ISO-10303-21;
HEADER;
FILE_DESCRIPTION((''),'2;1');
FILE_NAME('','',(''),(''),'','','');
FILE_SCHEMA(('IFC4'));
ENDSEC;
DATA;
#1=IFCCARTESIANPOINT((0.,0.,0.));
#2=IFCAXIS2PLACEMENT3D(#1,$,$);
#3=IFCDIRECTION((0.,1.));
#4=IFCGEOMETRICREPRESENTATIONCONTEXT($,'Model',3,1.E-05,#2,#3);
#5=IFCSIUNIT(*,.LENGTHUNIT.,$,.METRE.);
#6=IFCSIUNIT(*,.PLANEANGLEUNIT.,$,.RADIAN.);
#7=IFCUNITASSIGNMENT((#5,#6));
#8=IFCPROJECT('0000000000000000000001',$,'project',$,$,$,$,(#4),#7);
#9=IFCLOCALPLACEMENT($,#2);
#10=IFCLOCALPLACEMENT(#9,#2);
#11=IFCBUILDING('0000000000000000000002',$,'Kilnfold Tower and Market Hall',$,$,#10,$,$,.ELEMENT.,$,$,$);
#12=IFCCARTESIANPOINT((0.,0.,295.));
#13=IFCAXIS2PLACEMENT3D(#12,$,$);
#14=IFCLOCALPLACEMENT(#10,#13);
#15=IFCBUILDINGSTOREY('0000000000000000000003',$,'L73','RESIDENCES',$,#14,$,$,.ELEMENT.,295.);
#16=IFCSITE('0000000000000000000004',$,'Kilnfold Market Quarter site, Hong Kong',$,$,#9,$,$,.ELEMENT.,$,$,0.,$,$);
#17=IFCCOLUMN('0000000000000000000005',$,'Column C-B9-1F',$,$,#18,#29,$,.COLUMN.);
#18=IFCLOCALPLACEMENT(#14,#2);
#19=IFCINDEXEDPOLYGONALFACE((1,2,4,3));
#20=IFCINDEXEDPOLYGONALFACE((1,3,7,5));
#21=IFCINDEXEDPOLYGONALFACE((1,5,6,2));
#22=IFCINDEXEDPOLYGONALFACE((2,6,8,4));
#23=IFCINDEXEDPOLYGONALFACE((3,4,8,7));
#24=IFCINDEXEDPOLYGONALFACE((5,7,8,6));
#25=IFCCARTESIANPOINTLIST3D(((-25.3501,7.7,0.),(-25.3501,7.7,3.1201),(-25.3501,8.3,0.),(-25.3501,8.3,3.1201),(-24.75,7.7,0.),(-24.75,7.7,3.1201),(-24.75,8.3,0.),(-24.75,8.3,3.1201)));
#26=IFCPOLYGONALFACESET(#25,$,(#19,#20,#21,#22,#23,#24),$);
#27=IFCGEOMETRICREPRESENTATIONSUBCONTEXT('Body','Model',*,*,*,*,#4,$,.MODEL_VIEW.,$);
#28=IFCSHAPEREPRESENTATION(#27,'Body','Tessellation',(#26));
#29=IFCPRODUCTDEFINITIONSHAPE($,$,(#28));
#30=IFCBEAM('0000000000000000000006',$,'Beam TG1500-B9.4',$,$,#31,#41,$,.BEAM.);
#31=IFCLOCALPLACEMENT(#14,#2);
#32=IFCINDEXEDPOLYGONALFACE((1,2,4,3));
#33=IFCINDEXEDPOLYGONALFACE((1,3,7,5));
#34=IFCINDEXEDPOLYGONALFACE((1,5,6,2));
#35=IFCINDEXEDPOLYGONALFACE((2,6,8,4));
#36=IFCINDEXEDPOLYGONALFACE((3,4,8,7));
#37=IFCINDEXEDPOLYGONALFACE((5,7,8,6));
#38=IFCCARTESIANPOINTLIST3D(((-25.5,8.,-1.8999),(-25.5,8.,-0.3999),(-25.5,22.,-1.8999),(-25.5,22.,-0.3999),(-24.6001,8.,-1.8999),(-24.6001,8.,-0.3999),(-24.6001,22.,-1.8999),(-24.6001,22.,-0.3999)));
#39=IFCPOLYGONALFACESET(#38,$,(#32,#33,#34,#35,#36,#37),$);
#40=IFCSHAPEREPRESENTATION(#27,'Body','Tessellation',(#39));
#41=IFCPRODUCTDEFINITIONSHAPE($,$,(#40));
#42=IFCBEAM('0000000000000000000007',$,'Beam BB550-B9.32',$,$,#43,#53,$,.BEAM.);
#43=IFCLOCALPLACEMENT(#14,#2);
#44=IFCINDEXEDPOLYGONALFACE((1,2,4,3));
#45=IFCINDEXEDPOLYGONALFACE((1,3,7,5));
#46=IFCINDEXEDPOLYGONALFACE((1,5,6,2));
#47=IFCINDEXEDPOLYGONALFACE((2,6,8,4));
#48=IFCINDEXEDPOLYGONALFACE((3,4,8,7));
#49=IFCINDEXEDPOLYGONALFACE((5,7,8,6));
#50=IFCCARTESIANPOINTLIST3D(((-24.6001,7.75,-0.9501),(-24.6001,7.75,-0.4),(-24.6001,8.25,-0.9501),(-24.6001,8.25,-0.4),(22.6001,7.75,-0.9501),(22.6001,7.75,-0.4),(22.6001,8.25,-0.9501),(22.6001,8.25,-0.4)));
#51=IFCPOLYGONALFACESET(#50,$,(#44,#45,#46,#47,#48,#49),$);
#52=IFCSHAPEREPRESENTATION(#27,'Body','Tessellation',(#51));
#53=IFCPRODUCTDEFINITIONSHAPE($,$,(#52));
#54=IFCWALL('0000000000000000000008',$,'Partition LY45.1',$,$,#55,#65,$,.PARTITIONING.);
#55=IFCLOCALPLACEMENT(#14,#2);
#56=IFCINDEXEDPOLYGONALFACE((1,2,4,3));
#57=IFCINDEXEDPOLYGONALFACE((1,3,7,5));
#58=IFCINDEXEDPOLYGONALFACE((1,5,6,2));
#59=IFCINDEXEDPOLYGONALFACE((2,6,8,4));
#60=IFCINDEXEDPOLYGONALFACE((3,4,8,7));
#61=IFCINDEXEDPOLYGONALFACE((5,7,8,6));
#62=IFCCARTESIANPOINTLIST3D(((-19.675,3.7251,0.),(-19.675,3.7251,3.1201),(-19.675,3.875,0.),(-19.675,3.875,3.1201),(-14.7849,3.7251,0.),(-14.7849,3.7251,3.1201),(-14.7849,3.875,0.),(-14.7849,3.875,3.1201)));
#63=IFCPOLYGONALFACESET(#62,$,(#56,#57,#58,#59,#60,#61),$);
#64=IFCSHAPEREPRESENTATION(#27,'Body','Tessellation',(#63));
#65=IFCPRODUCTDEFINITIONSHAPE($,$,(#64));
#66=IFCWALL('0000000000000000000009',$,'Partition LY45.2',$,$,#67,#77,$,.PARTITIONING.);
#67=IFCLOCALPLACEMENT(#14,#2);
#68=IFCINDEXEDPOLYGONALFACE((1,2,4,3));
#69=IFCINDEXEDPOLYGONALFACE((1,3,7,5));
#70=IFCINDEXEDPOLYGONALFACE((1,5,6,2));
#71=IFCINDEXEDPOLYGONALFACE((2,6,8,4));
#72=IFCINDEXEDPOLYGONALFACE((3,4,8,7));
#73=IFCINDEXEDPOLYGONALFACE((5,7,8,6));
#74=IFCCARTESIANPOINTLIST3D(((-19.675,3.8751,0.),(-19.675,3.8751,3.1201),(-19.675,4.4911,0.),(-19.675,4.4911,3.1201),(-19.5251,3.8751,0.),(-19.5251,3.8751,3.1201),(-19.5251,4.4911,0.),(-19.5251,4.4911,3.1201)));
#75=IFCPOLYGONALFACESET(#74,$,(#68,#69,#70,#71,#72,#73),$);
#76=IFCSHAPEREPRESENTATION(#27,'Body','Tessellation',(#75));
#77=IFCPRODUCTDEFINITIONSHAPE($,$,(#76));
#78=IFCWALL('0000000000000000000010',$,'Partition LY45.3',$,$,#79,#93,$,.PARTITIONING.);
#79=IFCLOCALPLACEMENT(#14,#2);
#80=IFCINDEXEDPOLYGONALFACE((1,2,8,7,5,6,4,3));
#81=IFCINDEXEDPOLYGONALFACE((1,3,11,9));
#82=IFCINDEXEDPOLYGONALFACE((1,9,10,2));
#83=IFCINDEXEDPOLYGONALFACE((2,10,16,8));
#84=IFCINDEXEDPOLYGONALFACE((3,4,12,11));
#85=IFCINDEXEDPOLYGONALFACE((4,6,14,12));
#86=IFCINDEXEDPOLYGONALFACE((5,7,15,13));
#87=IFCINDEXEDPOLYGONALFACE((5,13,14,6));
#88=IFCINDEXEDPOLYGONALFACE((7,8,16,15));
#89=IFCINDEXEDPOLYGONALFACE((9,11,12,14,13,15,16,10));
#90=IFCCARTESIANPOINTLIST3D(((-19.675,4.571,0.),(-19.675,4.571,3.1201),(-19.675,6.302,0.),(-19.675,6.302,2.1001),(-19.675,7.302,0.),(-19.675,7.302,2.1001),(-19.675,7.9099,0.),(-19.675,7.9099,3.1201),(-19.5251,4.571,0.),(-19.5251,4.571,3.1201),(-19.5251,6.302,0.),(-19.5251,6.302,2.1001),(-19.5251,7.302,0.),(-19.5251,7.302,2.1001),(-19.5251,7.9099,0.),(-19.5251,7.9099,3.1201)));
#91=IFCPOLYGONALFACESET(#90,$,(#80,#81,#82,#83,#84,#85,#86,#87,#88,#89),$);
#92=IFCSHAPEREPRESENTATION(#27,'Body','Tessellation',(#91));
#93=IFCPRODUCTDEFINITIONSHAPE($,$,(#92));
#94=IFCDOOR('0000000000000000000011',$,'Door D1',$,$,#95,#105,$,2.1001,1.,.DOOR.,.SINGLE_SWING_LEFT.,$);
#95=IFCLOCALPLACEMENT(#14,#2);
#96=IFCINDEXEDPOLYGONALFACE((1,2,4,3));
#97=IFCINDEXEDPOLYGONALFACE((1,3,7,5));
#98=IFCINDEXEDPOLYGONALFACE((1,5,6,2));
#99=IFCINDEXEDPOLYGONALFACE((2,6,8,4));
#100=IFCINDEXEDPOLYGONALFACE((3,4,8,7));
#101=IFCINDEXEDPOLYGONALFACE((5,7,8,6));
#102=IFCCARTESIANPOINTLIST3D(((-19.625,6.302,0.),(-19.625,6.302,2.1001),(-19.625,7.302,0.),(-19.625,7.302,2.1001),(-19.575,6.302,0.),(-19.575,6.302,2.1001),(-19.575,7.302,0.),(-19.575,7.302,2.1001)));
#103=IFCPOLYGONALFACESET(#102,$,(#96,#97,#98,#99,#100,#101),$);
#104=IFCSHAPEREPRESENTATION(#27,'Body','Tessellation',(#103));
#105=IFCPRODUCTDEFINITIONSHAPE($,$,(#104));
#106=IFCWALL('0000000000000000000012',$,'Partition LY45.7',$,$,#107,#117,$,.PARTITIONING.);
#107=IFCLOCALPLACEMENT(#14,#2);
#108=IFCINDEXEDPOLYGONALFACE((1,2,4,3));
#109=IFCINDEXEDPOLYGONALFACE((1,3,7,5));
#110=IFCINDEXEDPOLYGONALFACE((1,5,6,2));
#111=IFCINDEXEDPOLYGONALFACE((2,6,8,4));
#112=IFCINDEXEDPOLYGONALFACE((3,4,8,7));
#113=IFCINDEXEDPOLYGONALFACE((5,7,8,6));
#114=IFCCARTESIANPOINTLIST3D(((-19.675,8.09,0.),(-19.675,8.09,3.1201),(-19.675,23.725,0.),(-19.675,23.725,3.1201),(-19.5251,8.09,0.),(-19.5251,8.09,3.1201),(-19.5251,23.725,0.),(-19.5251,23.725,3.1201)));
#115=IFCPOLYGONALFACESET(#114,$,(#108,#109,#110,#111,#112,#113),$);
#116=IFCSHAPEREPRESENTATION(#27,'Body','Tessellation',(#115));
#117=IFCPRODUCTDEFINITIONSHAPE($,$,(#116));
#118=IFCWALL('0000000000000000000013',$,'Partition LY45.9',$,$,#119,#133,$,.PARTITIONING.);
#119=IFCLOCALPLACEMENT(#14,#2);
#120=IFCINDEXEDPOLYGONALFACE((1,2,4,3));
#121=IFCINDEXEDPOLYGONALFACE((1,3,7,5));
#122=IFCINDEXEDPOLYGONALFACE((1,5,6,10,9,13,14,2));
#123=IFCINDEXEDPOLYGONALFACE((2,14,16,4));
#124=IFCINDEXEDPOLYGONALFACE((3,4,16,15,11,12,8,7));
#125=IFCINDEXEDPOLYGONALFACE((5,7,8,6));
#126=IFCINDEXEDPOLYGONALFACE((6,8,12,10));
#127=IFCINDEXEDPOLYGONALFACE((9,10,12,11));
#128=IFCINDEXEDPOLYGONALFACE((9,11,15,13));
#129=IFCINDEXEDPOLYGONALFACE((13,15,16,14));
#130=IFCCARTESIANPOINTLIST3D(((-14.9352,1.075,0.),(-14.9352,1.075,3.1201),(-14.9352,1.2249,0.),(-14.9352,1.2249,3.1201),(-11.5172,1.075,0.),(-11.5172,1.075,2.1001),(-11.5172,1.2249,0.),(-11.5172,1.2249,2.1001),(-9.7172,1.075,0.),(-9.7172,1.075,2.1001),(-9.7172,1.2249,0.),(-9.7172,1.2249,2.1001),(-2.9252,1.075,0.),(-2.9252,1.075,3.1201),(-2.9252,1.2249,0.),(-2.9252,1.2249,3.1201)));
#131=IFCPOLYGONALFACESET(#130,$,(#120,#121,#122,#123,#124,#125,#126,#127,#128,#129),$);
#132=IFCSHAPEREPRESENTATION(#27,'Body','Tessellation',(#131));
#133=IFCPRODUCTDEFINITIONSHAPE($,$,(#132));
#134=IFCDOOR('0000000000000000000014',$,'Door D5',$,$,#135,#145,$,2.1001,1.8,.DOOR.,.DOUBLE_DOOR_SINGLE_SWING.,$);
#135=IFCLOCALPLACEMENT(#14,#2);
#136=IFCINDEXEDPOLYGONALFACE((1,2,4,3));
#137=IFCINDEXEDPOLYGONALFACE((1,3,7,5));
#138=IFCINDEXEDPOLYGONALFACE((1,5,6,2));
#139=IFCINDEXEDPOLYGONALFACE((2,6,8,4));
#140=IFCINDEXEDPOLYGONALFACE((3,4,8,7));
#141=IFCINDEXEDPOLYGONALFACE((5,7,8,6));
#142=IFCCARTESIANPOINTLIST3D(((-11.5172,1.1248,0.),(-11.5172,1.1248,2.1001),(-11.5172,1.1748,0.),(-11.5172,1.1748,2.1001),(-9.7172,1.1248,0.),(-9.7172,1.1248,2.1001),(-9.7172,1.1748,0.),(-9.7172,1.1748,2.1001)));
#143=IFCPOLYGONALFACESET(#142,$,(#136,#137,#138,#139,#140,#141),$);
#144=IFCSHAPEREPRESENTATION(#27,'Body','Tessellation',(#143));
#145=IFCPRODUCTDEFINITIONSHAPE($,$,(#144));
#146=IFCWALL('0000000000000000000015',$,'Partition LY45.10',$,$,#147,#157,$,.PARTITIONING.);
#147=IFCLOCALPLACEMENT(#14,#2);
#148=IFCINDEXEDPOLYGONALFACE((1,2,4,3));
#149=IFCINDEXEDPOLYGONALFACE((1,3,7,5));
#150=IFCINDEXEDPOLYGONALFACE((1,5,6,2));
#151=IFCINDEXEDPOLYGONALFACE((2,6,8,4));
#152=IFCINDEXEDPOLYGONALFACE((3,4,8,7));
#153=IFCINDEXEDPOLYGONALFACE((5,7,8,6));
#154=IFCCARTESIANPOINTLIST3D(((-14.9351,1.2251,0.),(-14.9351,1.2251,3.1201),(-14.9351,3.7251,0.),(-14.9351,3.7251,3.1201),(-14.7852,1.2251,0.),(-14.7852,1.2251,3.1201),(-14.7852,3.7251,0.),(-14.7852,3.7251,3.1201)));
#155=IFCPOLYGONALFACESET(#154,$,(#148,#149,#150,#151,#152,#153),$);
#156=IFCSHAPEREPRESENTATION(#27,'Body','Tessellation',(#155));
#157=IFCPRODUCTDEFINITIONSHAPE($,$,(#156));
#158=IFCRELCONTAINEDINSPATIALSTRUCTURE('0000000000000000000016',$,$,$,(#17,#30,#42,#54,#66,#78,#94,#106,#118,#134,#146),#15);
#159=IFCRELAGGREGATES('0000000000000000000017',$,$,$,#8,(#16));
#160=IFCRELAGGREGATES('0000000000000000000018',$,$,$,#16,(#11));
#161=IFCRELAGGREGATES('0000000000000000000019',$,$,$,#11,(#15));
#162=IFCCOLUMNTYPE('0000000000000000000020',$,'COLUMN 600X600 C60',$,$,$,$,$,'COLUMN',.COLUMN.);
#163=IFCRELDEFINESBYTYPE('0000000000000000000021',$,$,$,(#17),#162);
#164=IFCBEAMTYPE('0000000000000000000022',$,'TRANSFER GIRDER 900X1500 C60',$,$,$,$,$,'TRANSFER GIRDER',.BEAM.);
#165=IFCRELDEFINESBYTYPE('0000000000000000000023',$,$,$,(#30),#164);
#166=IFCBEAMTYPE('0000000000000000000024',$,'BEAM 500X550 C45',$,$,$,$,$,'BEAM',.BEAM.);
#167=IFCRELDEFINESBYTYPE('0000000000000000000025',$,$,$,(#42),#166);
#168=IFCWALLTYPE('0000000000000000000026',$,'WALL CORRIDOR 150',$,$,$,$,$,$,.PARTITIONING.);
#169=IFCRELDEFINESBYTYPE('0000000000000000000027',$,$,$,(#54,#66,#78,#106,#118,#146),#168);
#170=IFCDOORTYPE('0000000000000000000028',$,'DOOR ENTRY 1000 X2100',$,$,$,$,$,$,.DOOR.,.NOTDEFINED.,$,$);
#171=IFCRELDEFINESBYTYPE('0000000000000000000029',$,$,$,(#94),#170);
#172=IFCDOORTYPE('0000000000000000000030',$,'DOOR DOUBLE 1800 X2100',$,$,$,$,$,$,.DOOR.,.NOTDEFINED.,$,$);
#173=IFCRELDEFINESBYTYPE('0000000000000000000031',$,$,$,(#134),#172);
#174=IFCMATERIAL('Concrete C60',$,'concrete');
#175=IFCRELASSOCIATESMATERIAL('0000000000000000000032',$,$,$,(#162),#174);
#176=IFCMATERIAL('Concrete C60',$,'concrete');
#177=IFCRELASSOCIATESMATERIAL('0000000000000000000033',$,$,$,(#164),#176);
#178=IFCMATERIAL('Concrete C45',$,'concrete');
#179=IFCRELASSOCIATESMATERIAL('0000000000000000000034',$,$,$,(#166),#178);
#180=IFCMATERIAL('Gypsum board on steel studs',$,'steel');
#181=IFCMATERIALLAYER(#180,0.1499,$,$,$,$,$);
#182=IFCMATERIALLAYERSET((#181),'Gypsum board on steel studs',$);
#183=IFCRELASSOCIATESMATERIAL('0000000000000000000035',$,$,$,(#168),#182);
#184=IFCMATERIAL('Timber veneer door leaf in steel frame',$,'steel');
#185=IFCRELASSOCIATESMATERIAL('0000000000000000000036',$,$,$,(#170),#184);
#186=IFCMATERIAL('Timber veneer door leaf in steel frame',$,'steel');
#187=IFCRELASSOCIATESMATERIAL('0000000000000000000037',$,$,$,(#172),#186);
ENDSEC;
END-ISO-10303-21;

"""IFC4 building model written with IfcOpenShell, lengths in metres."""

from ifc_helpers import new_model, si_unit, direction, frame, frame_2d, origin, origin_2d, place, context, subcontext, project, spatial, rectangle, extrude, source, transform, mapped, material, layer, layer_set, material_profile, profile_set, type_object, element, fill, save


model = new_model("IFC4")

# Units and contexts
model_context = context("Model", 3, precision=1e-05, world=origin(), true_north=direction((0.0, 1.0)))
body_context = subcontext(model_context, "Body", "Model", "MODEL_VIEW")
ifc_project = project(units=[si_unit("LENGTHUNIT", "METRE"), si_unit("PLANEANGLEUNIT", "RADIAN")], contexts=[model_context])

# Site, building, storey
site_placement = place(None, origin())
site = spatial("IfcSite", under=ifc_project, at=site_placement, Name="Kilnfold Market Quarter site, Hong Kong", CompositionType="ELEMENT", RefElevation=0.0)
building_placement = place(site_placement, origin())
building = spatial("IfcBuilding", under=site, at=building_placement, Name="Kilnfold Tower and Market Hall", CompositionType="ELEMENT")
storey_placement = place(building_placement, frame((0.0, 0.0, 295.0)))
storey = spatial("IfcBuildingStorey", under=building, at=storey_placement, Name="L73", Description="RESIDENCES", CompositionType="ELEMENT", Elevation=295.0)

# Column
ifc_material_1 = material(Name="Concrete C60", Category="concrete")
ifc_material_profile_1 = material_profile(ifc_material_1, rectangle(XDim=0.6001, YDim=0.6001, at=origin_2d()), Name="RC 600x600")
ifc_profile_set_1 = profile_set([ifc_material_profile_1], Name="Concrete C60")
column_type = type_object("IfcColumnType", Name="COLUMN 600X600 C60", ElementType="COLUMN", PredefinedType="COLUMN", material=ifc_profile_set_1)
shared_shape_1 = source(origin(), body_context, "Body", "SweptSolid", [
    extrude(rectangle(XDim=0.6001, YDim=0.6001, at=origin_2d()), origin(), (0.0, 0.0, 1.0), 3.1201),
])
column_placement = place(storey_placement, frame((-25.05, 8.0, 0.0), z_axis=(0.0, 0.0, 1.0), x_axis=(1.0, 0.0, 0.0)))
element("IfcColumn", 1, at=column_placement, inside=storey, type_object=column_type, Name="Column C-B9-1F", PredefinedType="COLUMN", context=body_context, shape_type="MappedRepresentation", body=[
    mapped(shared_shape_1, transform((0.0, 0.0, 0.0))),
])

# Beams
ifc_material_2 = material(Name="Concrete C60", Category="concrete")
ifc_material_profile_2 = material_profile(ifc_material_2, rectangle(XDim=0.8999, YDim=1.5, at=origin_2d()), Name="RC 900x1500")
ifc_profile_set_2 = profile_set([ifc_material_profile_2], Name="Concrete C60")
beam_type_1 = type_object("IfcBeamType", Name="TRANSFER GIRDER 900X1500 C60", ElementType="TRANSFER GIRDER", PredefinedType="BEAM", material=ifc_profile_set_2)
shared_shape_2 = source(origin(), body_context, "Body", "SweptSolid", [
    extrude(rectangle(XDim=0.8999, YDim=1.5, at=origin_2d()), origin(), (0.0, 0.0, 1.0), 14.0),
])
beam_1_placement = place(storey_placement, frame((-25.05, 8.0, -1.1499), z_axis=(0.0, 1.0, 0.0), x_axis=(-1.0, 0.0, 0.0)))
element("IfcBeam", 2, at=beam_1_placement, inside=storey, type_object=beam_type_1, Name="Beam TG1500-B9.4", PredefinedType="BEAM", context=body_context, shape_type="MappedRepresentation", body=[
    mapped(shared_shape_2, transform((0.0, 0.0, 0.0))),
])
ifc_material_3 = material(Name="Concrete C45", Category="concrete")
ifc_material_profile_3 = material_profile(ifc_material_3, rectangle(XDim=0.5, YDim=0.55, at=origin_2d()), Name="RC 500x550")
ifc_profile_set_3 = profile_set([ifc_material_profile_3], Name="Concrete C45")
beam_type_2 = type_object("IfcBeamType", Name="BEAM 500X550 C45", ElementType="BEAM", PredefinedType="BEAM", material=ifc_profile_set_3)
shared_shape_3 = source(origin(), body_context, "Body", "SweptSolid", [
    extrude(rectangle(XDim=0.5, YDim=0.55, at=origin_2d()), origin(), (0.0, 0.0, 1.0), 47.2002),
])
beam_2_placement = place(storey_placement, frame((-24.6001, 8.0, -0.675), z_axis=(1.0, 0.0, 0.0), x_axis=(0.0, 1.0, 0.0)))
element("IfcBeam", 3, at=beam_2_placement, inside=storey, type_object=beam_type_2, Name="Beam BB550-B9.32", PredefinedType="BEAM", context=body_context, shape_type="MappedRepresentation", body=[
    mapped(shared_shape_3, transform((0.0, 0.0, 0.0))),
])

# Walls
ifc_material_4 = material(Name="Gypsum board on steel studs", Category="steel")
ifc_layer_1 = layer(ifc_material_4, 0.1499)
ifc_layer_set_1 = layer_set([ifc_layer_1], Name="Gypsum board on steel studs")
wall_type_1 = type_object("IfcWallType", Name="WALL CORRIDOR 150", PredefinedType="PARTITIONING", material=ifc_layer_set_1)
wall_1_placement = place(storey_placement, frame((-19.675, 3.8, 0.0), z_axis=(0.0, 0.0, 1.0), x_axis=(1.0, 0.0, 0.0)))
element("IfcWall", 4, at=wall_1_placement, inside=storey, type_object=wall_type_1, Name="Partition LY45.1", PredefinedType="PARTITIONING", context=body_context, shape_type="SweptSolid", body=[
    extrude(rectangle(XDim=4.8901, YDim=0.1499, at=frame_2d((2.4451, 0.0))), origin(), (0.0, 0.0, 1.0), 3.1201),
])
wall_2_placement = place(storey_placement, frame((-19.6001, 3.875, 0.0), z_axis=(0.0, 0.0, 1.0), x_axis=(0.0, 1.0, 0.0)))
element("IfcWall", 5, at=wall_2_placement, inside=storey, type_object=wall_type_1, Name="Partition LY45.2", PredefinedType="PARTITIONING", context=body_context, shape_type="SweptSolid", body=[
    extrude(rectangle(XDim=0.616, YDim=0.1499, at=frame_2d((0.3081, 0.0))), origin(), (0.0, 0.0, 1.0), 3.1201),
])

# Wall, opening, door
wall_3_placement = place(storey_placement, frame((-19.6001, 4.571, 0.0), z_axis=(0.0, 0.0, 1.0), x_axis=(0.0, 1.0, 0.0)))
wall_3 = element("IfcWall", 6, at=wall_3_placement, inside=storey, type_object=wall_type_1, Name="Partition LY45.3", PredefinedType="PARTITIONING", context=body_context, shape_type="SweptSolid", body=[
    extrude(rectangle(XDim=3.3389, YDim=0.1499, at=frame_2d((1.6694, 0.0))), origin(), (0.0, 0.0, 1.0), 3.1201),
])
opening_1_placement = place(wall_3_placement, frame((1.731, 0.0, 0.0)))
opening_1 = element("IfcOpeningElement", 7, at=opening_1_placement, cuts=wall_3, PredefinedType="OPENING", context=body_context, shape_type="SweptSolid", body=[
    extrude(rectangle(XDim=1.0, YDim=2.1001, at=frame_2d((0.5, 1.05))), frame((0.0, 0.085, 0.0), z_axis=(0.0, -1.0, 0.0), x_axis=(1.0, 0.0, 0.0)), (0.0, 0.0, 1.0), 0.1699),
])
ifc_material_5 = material(Name="Timber veneer door leaf in steel frame", Category="steel")
door_type_1 = type_object("IfcDoorType", Name="DOOR ENTRY 1000 X2100", OperationType="NOTDEFINED", PredefinedType="DOOR", material=ifc_material_5)
door_1_placement = place(opening_1_placement, origin())
door_1 = element("IfcDoor", 8, at=door_1_placement, inside=storey, type_object=door_type_1, Name="Door D1", OperationType="SINGLE_SWING_LEFT", OverallHeight=2.1001, OverallWidth=1.0, PredefinedType="DOOR", context=body_context, shape_type="SweptSolid", body=[
    extrude(rectangle(XDim=1.0, YDim=2.1001, at=frame_2d((0.5, 1.05))), frame((0.0, 0.0249, 0.0), z_axis=(0.0, -1.0, 0.0), x_axis=(1.0, 0.0, 0.0)), (0.0, 0.0, 1.0), 0.05),
])
fill(opening_1, door_1)

# Wall
wall_4_placement = place(storey_placement, frame((-19.6001, 8.0901, 0.0), z_axis=(0.0, 0.0, 1.0), x_axis=(0.0, 1.0, 0.0)))
element("IfcWall", 9, at=wall_4_placement, inside=storey, type_object=wall_type_1, Name="Partition LY45.7", PredefinedType="PARTITIONING", context=body_context, shape_type="SweptSolid", body=[
    extrude(rectangle(XDim=15.635, YDim=0.1499, at=frame_2d((7.8174, 0.0))), origin(), (0.0, 0.0, 1.0), 3.1201),
])

# Wall, opening, door
wall_5_placement = place(storey_placement, frame((-14.9351, 1.1499, 0.0), z_axis=(0.0, 0.0, 1.0), x_axis=(1.0, 0.0, 0.0)))
wall_5 = element("IfcWall", 10, at=wall_5_placement, inside=storey, type_object=wall_type_1, Name="Partition LY45.9", PredefinedType="PARTITIONING", context=body_context, shape_type="SweptSolid", body=[
    extrude(rectangle(XDim=12.01, YDim=0.1499, at=frame_2d((6.0049, 0.0))), origin(), (0.0, 0.0, 1.0), 3.1201),
])
opening_2_placement = place(wall_5_placement, frame((3.418, 0.0, 0.0)))
opening_2 = element("IfcOpeningElement", 11, at=opening_2_placement, cuts=wall_5, PredefinedType="OPENING", context=body_context, shape_type="SweptSolid", body=[
    extrude(rectangle(XDim=1.8, YDim=2.1001, at=frame_2d((0.8999, 1.05))), frame((0.0, 0.085, 0.0), z_axis=(0.0, -1.0, 0.0), x_axis=(1.0, 0.0, 0.0)), (0.0, 0.0, 1.0), 0.1699),
])
ifc_material_6 = material(Name="Timber veneer door leaf in steel frame", Category="steel")
door_type_2 = type_object("IfcDoorType", Name="DOOR DOUBLE 1800 X2100", OperationType="NOTDEFINED", PredefinedType="DOOR", material=ifc_material_6)
door_2_placement = place(opening_2_placement, origin())
door_2 = element("IfcDoor", 12, at=door_2_placement, inside=storey, type_object=door_type_2, Name="Door D5", OperationType="DOUBLE_DOOR_SINGLE_SWING", OverallHeight=2.1001, OverallWidth=1.8, PredefinedType="DOOR", context=body_context, shape_type="SweptSolid", body=[
    extrude(rectangle(XDim=1.8, YDim=2.1001, at=frame_2d((0.8999, 1.05))), frame((0.0, 0.0249, 0.0), z_axis=(0.0, -1.0, 0.0), x_axis=(1.0, 0.0, 0.0)), (0.0, 0.0, 1.0), 0.05),
])
fill(opening_2, door_2)

# Wall
wall_6_placement = place(storey_placement, frame((-14.8601, 3.7251, 0.0), z_axis=(0.0, 0.0, 1.0), x_axis=(0.0, -1.0, 0.0)))
element("IfcWall", 13, at=wall_6_placement, inside=storey, type_object=wall_type_1, Name="Partition LY45.10", PredefinedType="PARTITIONING", context=body_context, shape_type="SweptSolid", body=[
    extrude(rectangle(XDim=2.5, YDim=0.1499, at=frame_2d((1.25, 0.0))), origin(), (0.0, 0.0, 1.0), 3.1201),
])

save(model, "model.ifc")
